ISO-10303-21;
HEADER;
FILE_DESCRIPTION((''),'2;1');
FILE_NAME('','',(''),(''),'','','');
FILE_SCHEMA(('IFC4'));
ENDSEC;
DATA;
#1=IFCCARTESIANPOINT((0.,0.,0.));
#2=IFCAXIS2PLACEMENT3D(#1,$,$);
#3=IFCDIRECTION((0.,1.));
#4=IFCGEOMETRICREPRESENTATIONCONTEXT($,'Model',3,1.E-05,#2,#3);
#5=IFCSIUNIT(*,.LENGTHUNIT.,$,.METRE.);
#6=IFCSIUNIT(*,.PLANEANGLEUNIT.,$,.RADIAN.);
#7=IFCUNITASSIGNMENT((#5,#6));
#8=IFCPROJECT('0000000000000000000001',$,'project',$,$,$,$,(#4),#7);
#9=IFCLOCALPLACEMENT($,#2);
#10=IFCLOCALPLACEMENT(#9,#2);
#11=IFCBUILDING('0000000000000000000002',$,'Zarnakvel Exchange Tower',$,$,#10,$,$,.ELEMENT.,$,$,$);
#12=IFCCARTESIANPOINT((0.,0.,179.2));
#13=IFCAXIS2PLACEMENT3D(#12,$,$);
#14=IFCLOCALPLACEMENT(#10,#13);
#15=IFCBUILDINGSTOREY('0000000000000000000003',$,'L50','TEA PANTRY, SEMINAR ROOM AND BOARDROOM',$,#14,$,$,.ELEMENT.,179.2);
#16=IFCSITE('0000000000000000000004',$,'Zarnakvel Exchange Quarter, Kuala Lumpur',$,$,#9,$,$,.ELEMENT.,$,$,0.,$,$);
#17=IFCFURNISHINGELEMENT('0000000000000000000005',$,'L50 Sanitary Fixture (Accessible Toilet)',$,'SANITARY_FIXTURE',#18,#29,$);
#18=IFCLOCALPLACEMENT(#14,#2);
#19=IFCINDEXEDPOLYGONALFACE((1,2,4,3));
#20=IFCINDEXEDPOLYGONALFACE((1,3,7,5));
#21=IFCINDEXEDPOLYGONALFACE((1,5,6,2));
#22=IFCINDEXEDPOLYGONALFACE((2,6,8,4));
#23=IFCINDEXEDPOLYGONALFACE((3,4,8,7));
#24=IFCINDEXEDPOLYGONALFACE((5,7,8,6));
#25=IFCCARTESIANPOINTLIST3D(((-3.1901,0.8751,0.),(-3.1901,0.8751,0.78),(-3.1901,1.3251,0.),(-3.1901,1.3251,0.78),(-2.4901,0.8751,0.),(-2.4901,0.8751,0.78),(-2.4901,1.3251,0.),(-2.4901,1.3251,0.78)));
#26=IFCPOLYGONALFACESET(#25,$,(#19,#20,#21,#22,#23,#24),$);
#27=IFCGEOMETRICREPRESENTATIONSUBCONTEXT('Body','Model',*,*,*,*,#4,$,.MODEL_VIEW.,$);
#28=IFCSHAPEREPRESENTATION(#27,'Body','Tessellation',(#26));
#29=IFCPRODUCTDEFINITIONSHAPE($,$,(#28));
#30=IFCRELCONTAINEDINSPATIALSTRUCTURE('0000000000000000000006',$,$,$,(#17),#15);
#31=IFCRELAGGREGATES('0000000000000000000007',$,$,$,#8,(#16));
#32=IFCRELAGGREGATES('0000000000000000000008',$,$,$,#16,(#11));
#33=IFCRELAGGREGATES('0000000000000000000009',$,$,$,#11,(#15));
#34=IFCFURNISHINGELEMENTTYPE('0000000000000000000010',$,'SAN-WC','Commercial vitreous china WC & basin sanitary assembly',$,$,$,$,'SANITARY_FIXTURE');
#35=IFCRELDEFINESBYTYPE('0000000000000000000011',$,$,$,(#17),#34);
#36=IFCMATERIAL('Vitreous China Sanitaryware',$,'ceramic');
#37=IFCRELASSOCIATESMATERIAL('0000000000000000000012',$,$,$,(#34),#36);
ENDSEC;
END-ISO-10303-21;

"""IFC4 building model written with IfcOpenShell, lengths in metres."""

from ifc_helpers import new_model, si_unit, direction, frame, origin, origin_2d, place, context, subcontext, project, spatial, rectangle, extrude, source, transform, mapped, material, type_object, element, save


model = new_model("IFC4")

# Units and contexts
model_context = context("Model", 3, precision=1e-05, world=origin(), true_north=direction((0.0, 1.0)))
body_context = subcontext(model_context, "Body", "Model", "MODEL_VIEW")
ifc_project = project(units=[si_unit("LENGTHUNIT", "METRE"), si_unit("PLANEANGLEUNIT", "RADIAN")], contexts=[model_context])

# Site, building, storey
site_placement = place(None, origin())
site = spatial("IfcSite", under=ifc_project, at=site_placement, Name="Zarnakvel Exchange Quarter, Kuala Lumpur", CompositionType="ELEMENT", RefElevation=0.0)
building_placement = place(site_placement, origin())
building = spatial("IfcBuilding", under=site, at=building_placement, Name="Zarnakvel Exchange Tower", CompositionType="ELEMENT")
storey_placement = place(building_placement, frame((0.0, 0.0, 179.2)))
storey = spatial("IfcBuildingStorey", under=building, at=storey_placement, Name="L50", Description="TEA PANTRY, SEMINAR ROOM AND BOARDROOM", CompositionType="ELEMENT", Elevation=179.2)

# Furnishing element
ifc_material_1 = material(Name="Vitreous China Sanitaryware", Category="ceramic")
furnishing_element_type = type_object("IfcFurnishingElementType", Name="SAN-WC", Description="Commercial vitreous china WC & basin sanitary assembly", ElementType="SANITARY_FIXTURE", material=ifc_material_1)
shared_shape_1 = source(origin(), body_context, "Body", "SweptSolid", [
    extrude(rectangle(XDim=0.7, YDim=0.45, at=origin_2d()), origin(), (0.0, 0.0, 1.0), 0.78),
])
furnishing_placement = place(storey_placement, frame((-2.8401, 1.1001, 0.0), z_axis=(0.0, 0.0, 1.0), x_axis=(1.0, 0.0, 0.0)))
element("IfcFurnishingElement", 1, at=furnishing_placement, inside=storey, type_object=furnishing_element_type, Name="L50 Sanitary Fixture (Accessible Toilet)", ObjectType="SANITARY_FIXTURE", context=body_context, shape_type="MappedRepresentation", body=[
    mapped(shared_shape_1, transform((0.0, 0.0, 0.0), x_axis=(1.0, 0.0, 0.0), y_axis=(0.0, 1.0, 0.0), z_axis=(0.0, 0.0, 1.0), scale=1.0)),
])

save(model, "model.ifc")
